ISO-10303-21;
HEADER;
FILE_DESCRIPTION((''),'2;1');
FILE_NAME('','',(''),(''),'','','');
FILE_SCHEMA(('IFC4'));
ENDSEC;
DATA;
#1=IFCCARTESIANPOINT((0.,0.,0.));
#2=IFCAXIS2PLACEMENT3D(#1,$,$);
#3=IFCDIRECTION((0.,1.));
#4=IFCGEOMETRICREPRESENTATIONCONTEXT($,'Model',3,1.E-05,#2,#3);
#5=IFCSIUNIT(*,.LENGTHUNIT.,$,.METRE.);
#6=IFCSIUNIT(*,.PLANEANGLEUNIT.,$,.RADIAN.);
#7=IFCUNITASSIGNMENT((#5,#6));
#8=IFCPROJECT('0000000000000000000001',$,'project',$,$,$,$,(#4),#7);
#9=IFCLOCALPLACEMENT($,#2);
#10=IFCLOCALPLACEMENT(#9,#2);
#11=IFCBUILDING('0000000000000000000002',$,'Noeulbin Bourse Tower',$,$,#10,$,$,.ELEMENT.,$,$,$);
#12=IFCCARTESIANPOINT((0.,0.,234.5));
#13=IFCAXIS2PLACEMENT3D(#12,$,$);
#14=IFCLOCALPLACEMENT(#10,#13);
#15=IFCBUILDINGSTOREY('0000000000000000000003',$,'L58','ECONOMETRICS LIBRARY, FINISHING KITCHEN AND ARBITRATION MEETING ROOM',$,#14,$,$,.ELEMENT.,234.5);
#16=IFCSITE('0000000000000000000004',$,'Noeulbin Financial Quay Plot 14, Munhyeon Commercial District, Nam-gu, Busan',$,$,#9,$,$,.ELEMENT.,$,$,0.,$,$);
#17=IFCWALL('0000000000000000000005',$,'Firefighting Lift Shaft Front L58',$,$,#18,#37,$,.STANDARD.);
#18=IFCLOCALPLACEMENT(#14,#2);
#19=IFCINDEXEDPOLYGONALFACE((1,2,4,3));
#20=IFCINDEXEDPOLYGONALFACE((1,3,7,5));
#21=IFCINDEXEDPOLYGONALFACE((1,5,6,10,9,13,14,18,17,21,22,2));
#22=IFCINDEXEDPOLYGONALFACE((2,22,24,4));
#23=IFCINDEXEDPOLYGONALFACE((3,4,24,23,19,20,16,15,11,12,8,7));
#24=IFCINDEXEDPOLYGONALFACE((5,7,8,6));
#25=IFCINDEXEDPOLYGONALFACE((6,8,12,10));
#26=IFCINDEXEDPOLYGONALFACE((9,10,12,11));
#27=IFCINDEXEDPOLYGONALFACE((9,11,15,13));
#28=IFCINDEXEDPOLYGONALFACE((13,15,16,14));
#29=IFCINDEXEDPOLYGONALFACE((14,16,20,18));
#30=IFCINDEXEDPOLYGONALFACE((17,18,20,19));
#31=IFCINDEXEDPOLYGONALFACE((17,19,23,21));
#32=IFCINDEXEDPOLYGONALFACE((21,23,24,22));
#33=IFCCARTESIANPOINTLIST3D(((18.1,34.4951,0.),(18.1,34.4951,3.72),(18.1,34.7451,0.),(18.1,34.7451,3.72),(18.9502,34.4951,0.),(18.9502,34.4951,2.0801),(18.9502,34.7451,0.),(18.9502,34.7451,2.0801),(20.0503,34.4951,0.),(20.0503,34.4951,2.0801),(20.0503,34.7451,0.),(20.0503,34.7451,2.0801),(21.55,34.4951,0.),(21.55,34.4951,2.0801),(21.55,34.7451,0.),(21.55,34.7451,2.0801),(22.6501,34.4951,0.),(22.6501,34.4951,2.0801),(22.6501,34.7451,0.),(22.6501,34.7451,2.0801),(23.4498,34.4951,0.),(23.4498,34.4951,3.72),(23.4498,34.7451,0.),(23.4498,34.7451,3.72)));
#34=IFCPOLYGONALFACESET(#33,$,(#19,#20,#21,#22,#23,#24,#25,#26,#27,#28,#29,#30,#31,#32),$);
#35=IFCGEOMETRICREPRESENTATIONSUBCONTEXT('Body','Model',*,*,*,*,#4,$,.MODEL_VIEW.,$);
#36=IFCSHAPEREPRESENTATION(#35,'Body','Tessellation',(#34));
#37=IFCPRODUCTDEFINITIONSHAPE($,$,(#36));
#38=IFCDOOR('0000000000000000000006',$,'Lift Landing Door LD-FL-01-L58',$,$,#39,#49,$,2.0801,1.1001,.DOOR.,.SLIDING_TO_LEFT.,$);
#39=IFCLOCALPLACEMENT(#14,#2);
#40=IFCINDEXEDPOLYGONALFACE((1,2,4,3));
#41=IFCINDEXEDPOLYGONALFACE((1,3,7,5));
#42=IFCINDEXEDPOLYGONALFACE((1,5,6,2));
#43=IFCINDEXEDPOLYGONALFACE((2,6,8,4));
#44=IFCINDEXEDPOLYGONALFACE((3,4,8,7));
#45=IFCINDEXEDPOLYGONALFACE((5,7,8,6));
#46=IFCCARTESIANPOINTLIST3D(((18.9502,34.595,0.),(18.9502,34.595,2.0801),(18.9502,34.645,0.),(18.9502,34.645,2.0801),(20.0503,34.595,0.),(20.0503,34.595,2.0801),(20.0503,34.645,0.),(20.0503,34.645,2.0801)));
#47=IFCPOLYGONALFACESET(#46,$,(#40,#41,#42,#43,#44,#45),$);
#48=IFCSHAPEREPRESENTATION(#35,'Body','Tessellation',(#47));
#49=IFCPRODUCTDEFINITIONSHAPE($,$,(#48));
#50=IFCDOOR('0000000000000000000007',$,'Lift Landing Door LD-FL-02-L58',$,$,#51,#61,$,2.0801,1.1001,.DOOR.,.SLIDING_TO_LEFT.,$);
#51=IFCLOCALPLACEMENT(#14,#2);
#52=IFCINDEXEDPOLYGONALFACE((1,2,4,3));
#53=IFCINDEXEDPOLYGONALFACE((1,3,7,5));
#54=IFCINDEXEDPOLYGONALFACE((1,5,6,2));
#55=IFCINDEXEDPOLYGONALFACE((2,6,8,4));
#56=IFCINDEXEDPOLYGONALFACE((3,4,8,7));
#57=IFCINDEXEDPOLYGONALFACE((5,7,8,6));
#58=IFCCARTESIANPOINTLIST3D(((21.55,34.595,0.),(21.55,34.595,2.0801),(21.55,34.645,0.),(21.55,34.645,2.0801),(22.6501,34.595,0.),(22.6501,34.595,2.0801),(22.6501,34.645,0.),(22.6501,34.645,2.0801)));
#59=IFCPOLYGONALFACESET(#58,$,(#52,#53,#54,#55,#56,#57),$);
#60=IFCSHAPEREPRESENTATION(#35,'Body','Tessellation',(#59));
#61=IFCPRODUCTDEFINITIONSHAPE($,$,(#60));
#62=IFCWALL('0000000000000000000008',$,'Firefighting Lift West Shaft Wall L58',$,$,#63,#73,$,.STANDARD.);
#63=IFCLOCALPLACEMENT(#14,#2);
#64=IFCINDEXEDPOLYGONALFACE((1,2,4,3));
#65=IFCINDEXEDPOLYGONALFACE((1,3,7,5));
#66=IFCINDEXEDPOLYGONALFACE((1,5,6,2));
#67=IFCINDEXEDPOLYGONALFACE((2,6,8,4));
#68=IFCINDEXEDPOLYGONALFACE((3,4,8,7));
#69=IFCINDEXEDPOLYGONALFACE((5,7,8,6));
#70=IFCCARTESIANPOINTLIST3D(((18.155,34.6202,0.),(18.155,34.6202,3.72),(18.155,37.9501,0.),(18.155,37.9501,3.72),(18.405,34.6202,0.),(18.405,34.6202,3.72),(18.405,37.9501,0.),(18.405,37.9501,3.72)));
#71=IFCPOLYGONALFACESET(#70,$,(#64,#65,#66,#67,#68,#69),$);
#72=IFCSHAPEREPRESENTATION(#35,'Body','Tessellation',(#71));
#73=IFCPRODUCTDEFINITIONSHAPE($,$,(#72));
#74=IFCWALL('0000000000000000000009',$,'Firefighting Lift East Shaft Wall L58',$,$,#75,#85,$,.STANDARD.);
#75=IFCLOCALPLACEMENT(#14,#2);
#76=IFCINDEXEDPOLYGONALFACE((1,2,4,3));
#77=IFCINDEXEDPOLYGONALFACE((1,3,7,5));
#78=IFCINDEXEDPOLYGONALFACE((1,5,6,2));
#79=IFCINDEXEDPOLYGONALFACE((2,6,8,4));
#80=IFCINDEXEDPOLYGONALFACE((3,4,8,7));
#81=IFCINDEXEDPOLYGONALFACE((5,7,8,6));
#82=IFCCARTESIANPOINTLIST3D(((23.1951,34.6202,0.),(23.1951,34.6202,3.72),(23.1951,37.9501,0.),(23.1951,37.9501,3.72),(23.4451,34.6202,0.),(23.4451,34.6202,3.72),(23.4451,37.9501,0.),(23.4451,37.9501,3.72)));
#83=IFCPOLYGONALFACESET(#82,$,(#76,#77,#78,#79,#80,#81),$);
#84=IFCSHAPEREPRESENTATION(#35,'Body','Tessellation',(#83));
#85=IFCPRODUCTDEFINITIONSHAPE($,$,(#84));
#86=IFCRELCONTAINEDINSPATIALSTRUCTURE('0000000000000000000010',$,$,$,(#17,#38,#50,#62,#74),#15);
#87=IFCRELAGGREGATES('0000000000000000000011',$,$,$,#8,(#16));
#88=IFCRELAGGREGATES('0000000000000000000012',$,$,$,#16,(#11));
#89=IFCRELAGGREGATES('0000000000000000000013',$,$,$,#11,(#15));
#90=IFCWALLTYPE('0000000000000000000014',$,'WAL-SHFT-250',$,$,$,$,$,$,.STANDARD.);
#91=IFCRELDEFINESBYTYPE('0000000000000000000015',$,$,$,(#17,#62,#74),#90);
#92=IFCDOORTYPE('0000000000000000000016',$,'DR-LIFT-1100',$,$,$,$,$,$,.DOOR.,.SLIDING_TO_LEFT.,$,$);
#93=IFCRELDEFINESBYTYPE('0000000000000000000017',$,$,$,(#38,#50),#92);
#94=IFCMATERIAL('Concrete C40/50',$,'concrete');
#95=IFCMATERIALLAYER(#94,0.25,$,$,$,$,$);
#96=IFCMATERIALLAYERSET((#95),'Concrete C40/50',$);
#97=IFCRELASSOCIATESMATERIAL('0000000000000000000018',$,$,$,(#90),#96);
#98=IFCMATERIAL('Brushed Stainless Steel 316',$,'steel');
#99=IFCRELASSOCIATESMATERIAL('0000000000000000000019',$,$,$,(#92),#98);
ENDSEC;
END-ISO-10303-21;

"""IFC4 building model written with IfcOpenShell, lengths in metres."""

from ifc_helpers import new_model, si_unit, direction, frame, frame_2d, origin, place, context, subcontext, project, spatial, rectangle, extrude, material, layer, layer_set, type_object, element, fill, save


model = new_model("IFC4")

# Units and contexts
model_context = context("Model", 3, precision=1e-05, world=origin(), true_north=direction((0.0, 1.0)))
body_context = subcontext(model_context, "Body", "Model", "MODEL_VIEW")
ifc_project = project(units=[si_unit("LENGTHUNIT", "METRE"), si_unit("PLANEANGLEUNIT", "RADIAN")], contexts=[model_context])

# Site, building, storey
site_placement = place(None, origin())
site = spatial("IfcSite", under=ifc_project, at=site_placement, Name="Noeulbin Financial Quay Plot 14, Munhyeon Commercial District, Nam-gu, Busan", CompositionType="ELEMENT", RefElevation=0.0)
building_placement = place(site_placement, origin())
building = spatial("IfcBuilding", under=site, at=building_placement, Name="Noeulbin Bourse Tower", CompositionType="ELEMENT")
storey_placement = place(building_placement, frame((0.0, 0.0, 234.5)))
storey = spatial("IfcBuildingStorey", under=building, at=storey_placement, Name="L58", Description="ECONOMETRICS LIBRARY, FINISHING KITCHEN AND ARBITRATION MEETING ROOM", CompositionType="ELEMENT", Elevation=234.5)

# Shared definitions
ifc_material_1 = material(Name="Concrete C40/50", Category="concrete")

# Wall, openings, doors
ifc_layer_1 = layer(ifc_material_1, 0.25)
ifc_layer_set_1 = layer_set([ifc_layer_1], Name="Concrete C40/50")
wall_type_1 = type_object("IfcWallType", Name="WAL-SHFT-250", PredefinedType="STANDARD", material=ifc_layer_set_1)
wall_1_placement = place(storey_placement, frame((18.1001, 34.6201, 0.0), z_axis=(0.0, 0.0, 1.0), x_axis=(1.0, 0.0, 0.0)))
wall_1 = element("IfcWall", 1, at=wall_1_placement, inside=storey, type_object=wall_type_1, Name="Firefighting Lift Shaft Front L58", PredefinedType="STANDARD", context=body_context, shape_type="SweptSolid", body=[
    extrude(rectangle(XDim=5.3499, YDim=0.25, at=frame_2d((2.6748, 0.0))), origin(), (0.0, 0.0, 1.0), 3.72),
])
opening_1_placement = place(wall_1_placement, frame((0.8501, 0.0, 0.0)))
opening_1 = element("IfcOpeningElement", 2, at=opening_1_placement, cuts=wall_1, PredefinedType="OPENING", context=body_context, shape_type="SweptSolid", body=[
    extrude(rectangle(XDim=1.1001, YDim=2.0801, at=frame_2d((0.55, 1.04))), frame((0.0, 0.135, 0.0), z_axis=(0.0, -1.0, 0.0), x_axis=(1.0, 0.0, 0.0)), (0.0, 0.0, 1.0), 0.27),
])
opening_2_placement = place(wall_1_placement, frame((3.45, 0.0, 0.0)))
opening_2 = element("IfcOpeningElement", 3, at=opening_2_placement, cuts=wall_1, PredefinedType="OPENING", context=body_context, shape_type="SweptSolid", body=[
    extrude(rectangle(XDim=1.1001, YDim=2.0801, at=frame_2d((0.55, 1.04))), frame((0.0, 0.135, 0.0), z_axis=(0.0, -1.0, 0.0), x_axis=(1.0, 0.0, 0.0)), (0.0, 0.0, 1.0), 0.27),
])
ifc_material_2 = material(Name="Brushed Stainless Steel 316", Category="steel")
door_type_1 = type_object("IfcDoorType", Name="DR-LIFT-1100", OperationType="SLIDING_TO_LEFT", PredefinedType="DOOR", material=ifc_material_2)
door_1_placement = place(opening_1_placement, origin())
door_1 = element("IfcDoor", 4, at=door_1_placement, inside=storey, type_object=door_type_1, Name="Lift Landing Door LD-FL-01-L58", OperationType="SLIDING_TO_LEFT", OverallHeight=2.0801, OverallWidth=1.1001, PredefinedType="DOOR", context=body_context, shape_type="SweptSolid", body=[
    extrude(rectangle(XDim=1.1001, YDim=2.0801, at=frame_2d((0.55, 1.04))), frame((0.0, 0.0249, 0.0), z_axis=(0.0, -1.0, 0.0), x_axis=(1.0, 0.0, 0.0)), (0.0, 0.0, 1.0), 0.05),
])
fill(opening_1, door_1)
door_2_placement = place(opening_2_placement, origin())
door_2 = element("IfcDoor", 5, at=door_2_placement, inside=storey, type_object=door_type_1, Name="Lift Landing Door LD-FL-02-L58", OperationType="SLIDING_TO_LEFT", OverallHeight=2.0801, OverallWidth=1.1001, PredefinedType="DOOR", context=body_context, shape_type="SweptSolid", body=[
    extrude(rectangle(XDim=1.1001, YDim=2.0801, at=frame_2d((0.55, 1.04))), frame((0.0, 0.0249, 0.0), z_axis=(0.0, -1.0, 0.0), x_axis=(1.0, 0.0, 0.0)), (0.0, 0.0, 1.0), 0.05),
])
fill(opening_2, door_2)

# Walls
for number, where, z_axis, x_axis, name in (
    (6, (18.28, 34.6201, 0.0), (0.0, 0.0, 1.0), (0.0, 1.0, 0.0), "Firefighting Lift West Shaft Wall L58"),
    (7, (23.3201, 34.6201, 0.0), (0.0, 0.0, 1.0), (0.0, 1.0, 0.0), "Firefighting Lift East Shaft Wall L58"),
):
    element("IfcWall", number, at=place(storey_placement, frame(where, z_axis=z_axis, x_axis=x_axis)), inside=storey, type_object=wall_type_1, Name=name, PredefinedType="STANDARD", context=body_context, shape_type="SweptSolid", body=[
        extrude(rectangle(XDim=3.3298, YDim=0.25, at=frame_2d((1.665, 0.0))), origin(), (0.0, 0.0, 1.0), 3.72),
    ])

save(model, "model.ifc")
